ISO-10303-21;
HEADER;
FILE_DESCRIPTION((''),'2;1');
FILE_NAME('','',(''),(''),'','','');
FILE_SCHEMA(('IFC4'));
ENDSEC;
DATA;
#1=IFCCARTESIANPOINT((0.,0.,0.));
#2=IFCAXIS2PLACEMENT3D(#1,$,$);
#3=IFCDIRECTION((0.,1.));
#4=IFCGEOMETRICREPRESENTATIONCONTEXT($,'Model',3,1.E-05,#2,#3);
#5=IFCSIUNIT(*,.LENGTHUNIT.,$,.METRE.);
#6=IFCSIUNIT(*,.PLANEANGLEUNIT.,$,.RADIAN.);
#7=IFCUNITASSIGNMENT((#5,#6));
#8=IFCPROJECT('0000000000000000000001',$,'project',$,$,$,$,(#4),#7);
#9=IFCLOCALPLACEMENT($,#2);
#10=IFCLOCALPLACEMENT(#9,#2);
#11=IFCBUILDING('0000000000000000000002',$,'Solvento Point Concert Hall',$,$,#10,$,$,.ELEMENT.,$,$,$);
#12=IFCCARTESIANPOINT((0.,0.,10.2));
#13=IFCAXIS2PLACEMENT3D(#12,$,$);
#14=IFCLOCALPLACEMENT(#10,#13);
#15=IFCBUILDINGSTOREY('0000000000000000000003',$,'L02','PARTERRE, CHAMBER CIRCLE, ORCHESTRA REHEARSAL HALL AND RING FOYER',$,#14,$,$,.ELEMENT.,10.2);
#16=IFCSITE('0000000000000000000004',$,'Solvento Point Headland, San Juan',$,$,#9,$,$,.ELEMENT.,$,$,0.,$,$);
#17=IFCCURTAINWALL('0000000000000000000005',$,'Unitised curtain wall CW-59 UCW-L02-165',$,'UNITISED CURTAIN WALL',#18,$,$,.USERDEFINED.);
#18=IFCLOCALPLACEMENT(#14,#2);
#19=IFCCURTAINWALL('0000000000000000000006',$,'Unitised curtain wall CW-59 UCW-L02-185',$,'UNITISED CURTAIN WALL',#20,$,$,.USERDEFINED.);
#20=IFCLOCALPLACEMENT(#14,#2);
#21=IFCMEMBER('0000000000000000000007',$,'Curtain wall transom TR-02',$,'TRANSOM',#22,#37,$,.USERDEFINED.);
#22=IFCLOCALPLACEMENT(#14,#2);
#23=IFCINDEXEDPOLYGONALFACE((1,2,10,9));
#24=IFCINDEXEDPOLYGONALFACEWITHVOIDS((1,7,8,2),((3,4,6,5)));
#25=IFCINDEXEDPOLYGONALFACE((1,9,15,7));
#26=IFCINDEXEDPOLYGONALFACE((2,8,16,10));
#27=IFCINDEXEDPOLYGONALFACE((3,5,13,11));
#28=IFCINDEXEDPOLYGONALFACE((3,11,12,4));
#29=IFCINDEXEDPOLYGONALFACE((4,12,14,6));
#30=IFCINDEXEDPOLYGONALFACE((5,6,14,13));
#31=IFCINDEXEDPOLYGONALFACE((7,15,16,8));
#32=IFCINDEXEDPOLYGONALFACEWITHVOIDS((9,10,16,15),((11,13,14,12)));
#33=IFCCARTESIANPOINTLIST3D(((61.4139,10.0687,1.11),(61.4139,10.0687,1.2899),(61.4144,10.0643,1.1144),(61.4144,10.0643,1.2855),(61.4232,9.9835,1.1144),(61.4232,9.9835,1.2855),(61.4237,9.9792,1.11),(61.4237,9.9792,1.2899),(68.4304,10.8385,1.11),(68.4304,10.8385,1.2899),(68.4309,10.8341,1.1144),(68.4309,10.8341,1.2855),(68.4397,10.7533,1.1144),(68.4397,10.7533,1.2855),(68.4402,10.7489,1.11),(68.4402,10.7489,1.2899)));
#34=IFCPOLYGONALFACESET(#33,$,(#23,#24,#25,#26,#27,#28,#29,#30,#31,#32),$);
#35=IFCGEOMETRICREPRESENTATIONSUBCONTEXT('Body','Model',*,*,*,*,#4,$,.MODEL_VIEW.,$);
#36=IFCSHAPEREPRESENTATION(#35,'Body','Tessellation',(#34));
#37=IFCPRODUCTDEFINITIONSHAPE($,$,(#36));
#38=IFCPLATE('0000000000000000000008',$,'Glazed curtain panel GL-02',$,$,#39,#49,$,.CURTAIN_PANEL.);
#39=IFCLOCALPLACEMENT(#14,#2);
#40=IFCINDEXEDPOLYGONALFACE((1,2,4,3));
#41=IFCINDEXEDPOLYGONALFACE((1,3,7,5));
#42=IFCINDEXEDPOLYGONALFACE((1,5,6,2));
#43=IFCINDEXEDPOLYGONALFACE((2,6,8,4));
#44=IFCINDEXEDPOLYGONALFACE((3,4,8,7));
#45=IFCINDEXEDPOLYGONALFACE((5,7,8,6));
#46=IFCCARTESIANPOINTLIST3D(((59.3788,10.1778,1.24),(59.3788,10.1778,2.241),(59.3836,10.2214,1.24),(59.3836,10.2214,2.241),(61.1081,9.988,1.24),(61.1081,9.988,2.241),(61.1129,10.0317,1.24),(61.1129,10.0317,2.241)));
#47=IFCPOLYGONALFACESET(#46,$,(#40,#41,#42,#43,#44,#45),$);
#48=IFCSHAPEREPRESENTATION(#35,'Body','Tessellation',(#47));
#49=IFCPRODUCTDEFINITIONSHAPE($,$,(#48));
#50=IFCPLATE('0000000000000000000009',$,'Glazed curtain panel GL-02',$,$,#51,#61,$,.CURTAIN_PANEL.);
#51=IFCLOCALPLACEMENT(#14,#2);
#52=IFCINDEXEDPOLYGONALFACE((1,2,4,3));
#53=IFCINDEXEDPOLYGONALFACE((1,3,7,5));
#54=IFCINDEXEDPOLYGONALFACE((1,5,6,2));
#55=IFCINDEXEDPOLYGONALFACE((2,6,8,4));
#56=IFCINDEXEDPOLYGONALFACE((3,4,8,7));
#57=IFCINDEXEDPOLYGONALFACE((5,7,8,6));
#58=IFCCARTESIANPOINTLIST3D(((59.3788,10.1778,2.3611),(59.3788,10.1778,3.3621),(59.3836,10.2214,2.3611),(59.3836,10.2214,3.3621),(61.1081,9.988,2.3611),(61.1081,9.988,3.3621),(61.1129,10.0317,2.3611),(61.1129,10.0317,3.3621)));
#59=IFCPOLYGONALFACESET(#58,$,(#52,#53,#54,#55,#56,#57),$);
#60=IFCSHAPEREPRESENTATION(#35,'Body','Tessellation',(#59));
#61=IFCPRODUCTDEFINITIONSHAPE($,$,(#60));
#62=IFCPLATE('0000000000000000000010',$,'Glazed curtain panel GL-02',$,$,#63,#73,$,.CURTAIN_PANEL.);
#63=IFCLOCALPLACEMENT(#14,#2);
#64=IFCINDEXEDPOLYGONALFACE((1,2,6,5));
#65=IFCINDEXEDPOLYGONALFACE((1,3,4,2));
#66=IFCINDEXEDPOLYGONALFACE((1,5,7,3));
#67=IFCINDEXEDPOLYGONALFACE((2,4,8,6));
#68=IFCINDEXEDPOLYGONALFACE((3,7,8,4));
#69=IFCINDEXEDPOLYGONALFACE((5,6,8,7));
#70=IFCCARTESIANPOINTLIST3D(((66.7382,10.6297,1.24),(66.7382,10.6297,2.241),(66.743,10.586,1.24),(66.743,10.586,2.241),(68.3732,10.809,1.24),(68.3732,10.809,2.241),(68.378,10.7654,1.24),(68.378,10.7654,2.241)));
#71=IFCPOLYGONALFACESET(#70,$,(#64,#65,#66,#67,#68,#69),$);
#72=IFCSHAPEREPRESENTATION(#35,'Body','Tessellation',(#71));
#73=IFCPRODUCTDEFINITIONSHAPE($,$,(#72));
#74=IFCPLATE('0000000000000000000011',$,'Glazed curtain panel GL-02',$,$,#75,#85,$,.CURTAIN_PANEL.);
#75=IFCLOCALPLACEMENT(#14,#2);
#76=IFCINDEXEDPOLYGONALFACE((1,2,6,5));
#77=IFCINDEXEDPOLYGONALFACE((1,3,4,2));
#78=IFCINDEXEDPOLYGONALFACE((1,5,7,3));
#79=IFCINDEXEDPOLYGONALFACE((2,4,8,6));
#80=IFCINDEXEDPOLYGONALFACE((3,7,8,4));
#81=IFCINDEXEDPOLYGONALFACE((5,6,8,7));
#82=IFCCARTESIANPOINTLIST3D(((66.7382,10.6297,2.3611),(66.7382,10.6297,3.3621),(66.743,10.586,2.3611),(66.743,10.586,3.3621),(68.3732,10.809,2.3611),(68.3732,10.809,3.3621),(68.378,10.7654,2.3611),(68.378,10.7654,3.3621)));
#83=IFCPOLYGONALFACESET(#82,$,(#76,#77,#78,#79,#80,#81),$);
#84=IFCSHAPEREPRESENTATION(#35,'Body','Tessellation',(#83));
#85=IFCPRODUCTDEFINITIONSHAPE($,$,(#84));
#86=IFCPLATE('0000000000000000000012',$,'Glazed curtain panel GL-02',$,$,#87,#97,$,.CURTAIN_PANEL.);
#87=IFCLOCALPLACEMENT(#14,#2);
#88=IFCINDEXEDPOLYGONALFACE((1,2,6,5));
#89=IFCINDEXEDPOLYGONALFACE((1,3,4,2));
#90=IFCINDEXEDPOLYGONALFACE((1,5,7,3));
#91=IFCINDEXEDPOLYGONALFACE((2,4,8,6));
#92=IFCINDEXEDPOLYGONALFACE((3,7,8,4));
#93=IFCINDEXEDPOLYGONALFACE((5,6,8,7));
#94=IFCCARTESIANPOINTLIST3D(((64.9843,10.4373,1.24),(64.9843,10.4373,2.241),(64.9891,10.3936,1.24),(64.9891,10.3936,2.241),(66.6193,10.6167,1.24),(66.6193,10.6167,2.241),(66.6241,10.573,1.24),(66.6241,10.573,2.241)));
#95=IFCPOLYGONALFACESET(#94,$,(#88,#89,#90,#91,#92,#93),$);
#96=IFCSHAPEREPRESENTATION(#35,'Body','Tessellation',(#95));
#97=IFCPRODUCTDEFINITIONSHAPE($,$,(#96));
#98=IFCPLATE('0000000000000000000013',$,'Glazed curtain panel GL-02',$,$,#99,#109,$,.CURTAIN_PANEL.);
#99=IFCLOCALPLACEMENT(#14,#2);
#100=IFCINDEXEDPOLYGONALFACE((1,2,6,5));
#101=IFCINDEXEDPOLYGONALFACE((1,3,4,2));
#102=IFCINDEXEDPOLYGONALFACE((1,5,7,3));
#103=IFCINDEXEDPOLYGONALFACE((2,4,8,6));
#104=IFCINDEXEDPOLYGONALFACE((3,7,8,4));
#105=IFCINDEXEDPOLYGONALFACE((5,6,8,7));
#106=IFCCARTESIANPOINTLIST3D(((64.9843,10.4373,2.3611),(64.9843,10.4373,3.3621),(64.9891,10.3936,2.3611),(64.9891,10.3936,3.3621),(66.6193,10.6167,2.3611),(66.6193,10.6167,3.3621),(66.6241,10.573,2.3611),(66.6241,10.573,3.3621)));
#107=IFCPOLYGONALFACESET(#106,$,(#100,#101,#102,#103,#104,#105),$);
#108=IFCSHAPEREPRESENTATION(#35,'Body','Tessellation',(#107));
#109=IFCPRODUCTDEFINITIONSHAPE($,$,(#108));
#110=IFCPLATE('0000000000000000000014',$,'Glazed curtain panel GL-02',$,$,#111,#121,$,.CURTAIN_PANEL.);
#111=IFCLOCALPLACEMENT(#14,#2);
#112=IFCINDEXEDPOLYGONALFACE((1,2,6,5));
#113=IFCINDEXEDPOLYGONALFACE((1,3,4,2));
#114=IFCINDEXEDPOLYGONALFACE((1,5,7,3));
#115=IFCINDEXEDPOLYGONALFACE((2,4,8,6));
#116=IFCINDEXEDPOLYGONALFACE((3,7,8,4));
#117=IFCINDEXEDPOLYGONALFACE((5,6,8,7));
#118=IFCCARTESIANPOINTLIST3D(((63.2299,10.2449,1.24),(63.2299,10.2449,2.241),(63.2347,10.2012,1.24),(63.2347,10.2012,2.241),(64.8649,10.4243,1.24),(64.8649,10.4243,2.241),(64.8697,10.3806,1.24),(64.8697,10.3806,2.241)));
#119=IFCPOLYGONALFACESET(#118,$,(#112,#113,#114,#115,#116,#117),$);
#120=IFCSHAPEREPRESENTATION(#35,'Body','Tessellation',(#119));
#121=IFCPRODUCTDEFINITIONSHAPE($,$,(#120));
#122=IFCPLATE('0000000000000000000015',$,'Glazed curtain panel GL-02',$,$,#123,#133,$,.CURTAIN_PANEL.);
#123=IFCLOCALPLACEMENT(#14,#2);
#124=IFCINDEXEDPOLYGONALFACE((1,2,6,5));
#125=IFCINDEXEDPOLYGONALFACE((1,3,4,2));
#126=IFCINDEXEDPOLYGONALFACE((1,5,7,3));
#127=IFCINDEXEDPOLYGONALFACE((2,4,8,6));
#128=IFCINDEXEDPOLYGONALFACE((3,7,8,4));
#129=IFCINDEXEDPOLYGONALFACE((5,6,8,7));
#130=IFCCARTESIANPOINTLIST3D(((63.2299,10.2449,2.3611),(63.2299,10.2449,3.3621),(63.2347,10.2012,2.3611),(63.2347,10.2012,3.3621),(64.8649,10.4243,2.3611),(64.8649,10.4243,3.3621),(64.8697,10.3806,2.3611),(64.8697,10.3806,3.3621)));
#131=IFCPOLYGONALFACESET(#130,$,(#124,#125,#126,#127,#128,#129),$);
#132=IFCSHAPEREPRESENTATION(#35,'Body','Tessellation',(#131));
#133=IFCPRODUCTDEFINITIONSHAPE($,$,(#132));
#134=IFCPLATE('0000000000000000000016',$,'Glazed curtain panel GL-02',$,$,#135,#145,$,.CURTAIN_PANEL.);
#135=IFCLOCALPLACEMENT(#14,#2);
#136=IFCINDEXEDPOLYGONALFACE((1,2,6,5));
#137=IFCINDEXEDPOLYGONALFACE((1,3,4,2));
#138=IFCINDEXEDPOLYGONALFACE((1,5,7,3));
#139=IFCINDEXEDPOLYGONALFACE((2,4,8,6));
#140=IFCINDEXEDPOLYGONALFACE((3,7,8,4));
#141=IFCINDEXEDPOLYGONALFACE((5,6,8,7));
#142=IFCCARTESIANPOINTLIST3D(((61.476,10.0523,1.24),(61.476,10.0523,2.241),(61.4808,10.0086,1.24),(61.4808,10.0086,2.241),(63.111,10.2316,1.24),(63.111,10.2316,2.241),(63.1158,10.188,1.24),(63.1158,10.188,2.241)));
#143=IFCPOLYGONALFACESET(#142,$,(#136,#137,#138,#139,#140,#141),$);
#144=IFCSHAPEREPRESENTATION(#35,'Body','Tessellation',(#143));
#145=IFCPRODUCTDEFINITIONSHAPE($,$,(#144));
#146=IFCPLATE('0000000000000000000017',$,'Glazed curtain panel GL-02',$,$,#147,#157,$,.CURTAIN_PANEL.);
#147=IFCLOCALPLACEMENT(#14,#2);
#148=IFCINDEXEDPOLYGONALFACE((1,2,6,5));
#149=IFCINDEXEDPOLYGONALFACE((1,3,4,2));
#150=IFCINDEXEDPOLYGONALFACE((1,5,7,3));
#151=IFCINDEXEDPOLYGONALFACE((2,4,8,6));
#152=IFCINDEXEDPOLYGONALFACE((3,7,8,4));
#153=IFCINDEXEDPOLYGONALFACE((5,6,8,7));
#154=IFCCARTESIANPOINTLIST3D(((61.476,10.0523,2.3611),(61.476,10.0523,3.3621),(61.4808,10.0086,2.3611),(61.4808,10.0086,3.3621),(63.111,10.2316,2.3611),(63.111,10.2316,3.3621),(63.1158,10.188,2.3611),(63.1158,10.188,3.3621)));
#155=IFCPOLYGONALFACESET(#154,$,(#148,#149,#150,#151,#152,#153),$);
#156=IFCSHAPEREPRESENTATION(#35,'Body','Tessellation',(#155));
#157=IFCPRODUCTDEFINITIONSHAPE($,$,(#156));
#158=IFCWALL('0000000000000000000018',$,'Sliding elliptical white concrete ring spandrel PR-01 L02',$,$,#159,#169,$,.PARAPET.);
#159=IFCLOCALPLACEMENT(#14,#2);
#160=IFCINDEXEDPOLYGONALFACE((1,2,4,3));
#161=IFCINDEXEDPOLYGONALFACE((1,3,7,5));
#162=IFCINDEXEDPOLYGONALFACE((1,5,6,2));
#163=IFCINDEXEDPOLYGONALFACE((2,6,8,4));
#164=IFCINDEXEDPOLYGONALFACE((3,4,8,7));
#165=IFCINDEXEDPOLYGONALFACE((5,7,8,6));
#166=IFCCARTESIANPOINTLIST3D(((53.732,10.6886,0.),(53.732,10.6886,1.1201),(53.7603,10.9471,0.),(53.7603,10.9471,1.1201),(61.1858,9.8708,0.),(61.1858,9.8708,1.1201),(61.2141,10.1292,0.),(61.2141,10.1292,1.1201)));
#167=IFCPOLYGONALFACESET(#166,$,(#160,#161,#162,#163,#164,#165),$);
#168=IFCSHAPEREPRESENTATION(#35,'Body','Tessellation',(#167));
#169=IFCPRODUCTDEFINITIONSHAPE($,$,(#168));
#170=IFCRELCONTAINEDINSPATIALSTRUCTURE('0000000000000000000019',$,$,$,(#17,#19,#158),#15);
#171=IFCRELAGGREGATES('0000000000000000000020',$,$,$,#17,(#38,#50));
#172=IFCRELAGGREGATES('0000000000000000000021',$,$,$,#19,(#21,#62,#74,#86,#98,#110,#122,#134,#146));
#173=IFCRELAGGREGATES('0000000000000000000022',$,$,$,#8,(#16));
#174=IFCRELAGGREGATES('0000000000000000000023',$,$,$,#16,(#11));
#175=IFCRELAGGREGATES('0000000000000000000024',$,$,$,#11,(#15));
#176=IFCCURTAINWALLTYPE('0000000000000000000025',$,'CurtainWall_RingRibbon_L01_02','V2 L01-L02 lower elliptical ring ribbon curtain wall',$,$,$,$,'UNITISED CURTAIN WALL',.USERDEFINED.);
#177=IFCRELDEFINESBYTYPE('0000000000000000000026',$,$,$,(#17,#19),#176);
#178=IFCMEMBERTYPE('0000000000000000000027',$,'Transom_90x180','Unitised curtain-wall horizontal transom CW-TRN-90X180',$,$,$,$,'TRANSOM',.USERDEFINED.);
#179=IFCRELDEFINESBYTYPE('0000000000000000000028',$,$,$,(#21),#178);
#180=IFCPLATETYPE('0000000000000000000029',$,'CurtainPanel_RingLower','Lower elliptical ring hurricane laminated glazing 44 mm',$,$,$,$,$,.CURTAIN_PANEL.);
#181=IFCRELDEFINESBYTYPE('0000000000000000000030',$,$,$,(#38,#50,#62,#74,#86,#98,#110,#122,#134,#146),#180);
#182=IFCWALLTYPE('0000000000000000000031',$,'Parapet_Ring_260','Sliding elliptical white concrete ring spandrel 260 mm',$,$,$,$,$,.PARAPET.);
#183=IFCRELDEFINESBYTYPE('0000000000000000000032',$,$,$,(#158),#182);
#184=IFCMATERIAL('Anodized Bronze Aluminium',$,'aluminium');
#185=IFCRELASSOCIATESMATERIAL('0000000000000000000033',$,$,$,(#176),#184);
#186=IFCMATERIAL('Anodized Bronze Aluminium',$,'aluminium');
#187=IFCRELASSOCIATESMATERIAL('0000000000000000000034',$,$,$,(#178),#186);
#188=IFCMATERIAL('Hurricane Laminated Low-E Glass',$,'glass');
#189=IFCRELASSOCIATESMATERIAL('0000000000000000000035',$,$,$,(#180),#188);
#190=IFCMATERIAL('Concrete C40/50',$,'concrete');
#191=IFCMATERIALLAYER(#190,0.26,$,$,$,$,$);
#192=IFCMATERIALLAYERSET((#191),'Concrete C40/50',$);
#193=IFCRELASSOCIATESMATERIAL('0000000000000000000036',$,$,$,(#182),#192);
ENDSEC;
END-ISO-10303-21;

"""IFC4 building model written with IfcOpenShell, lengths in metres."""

from ifc_helpers import new_model, si_unit, direction, frame, frame_2d, origin, origin_2d, place, context, subcontext, project, spatial, rectangle, hollow_rectangle, extrude, material, layer, layer_set, material_profile, profile_set, type_object, element, aggregate, save


model = new_model("IFC4")

# Units and contexts
model_context = context("Model", 3, precision=1e-05, world=origin(), true_north=direction((0.0, 1.0)))
body_context = subcontext(model_context, "Body", "Model", "MODEL_VIEW")
ifc_project = project(units=[si_unit("LENGTHUNIT", "METRE"), si_unit("PLANEANGLEUNIT", "RADIAN")], contexts=[model_context])

# Site, building, storey
site_placement = place(None, origin())
site = spatial("IfcSite", under=ifc_project, at=site_placement, Name="Solvento Point Headland, San Juan", CompositionType="ELEMENT", RefElevation=0.0)
building_placement = place(site_placement, origin())
building = spatial("IfcBuilding", under=site, at=building_placement, Name="Solvento Point Concert Hall", CompositionType="ELEMENT")
storey_placement = place(building_placement, frame((0.0, 0.0, 10.2)))
storey = spatial("IfcBuildingStorey", under=building, at=storey_placement, Name="L02", Description="PARTERRE, CHAMBER CIRCLE, ORCHESTRA REHEARSAL HALL AND RING FOYER", CompositionType="ELEMENT", Elevation=10.2)

# Curtain wall
ifc_material_1 = material(Name="Anodized Bronze Aluminium", Category="aluminium")
curtain_wall_type = type_object("IfcCurtainWallType", Name="CurtainWall_RingRibbon_L01_02", Description="V2 L01-L02 lower elliptical ring ribbon curtain wall", ElementType="UNITISED CURTAIN WALL", PredefinedType="USERDEFINED", material=ifc_material_1)
curtain_wall_1_placement = place(storey_placement, origin())
curtain_wall_1 = element("IfcCurtainWall", 1, at=curtain_wall_1_placement, inside=storey, type_object=curtain_wall_type, Name="Unitised curtain wall CW-59 UCW-L02-165", ObjectType="UNITISED CURTAIN WALL", PredefinedType="USERDEFINED")

# Curtain wall
curtain_wall_2_placement = place(storey_placement, origin())
curtain_wall_2 = element("IfcCurtainWall", 2, at=curtain_wall_2_placement, inside=storey, type_object=curtain_wall_type, Name="Unitised curtain wall CW-59 UCW-L02-185", ObjectType="UNITISED CURTAIN WALL", PredefinedType="USERDEFINED")

# Member
ifc_material_2 = material(Name="Anodized Bronze Aluminium", Category="aluminium")
ifc_material_profile_1 = material_profile(ifc_material_2, hollow_rectangle(XDim=0.0901, YDim=0.1799, WallThickness=0.0044, at=origin_2d()), Name="CW-TRN-90X180")
ifc_profile_set_1 = profile_set([ifc_material_profile_1], Name="Anodized Bronze Aluminium")
member_type_1 = type_object("IfcMemberType", Name="Transom_90x180", Description="Unitised curtain-wall horizontal transom CW-TRN-90X180", ElementType="TRANSOM", PredefinedType="USERDEFINED", material=ifc_profile_set_1)
member_1_placement = place(storey_placement, frame((68.4353, 10.7937, 1.2), z_axis=(-0.994036, -0.109053, 0.0), x_axis=(0.109053, -0.994036, 0.0)))
member_1 = element("IfcMember", 3, at=member_1_placement, type_object=member_type_1, Name="Curtain wall transom TR-02", ObjectType="TRANSOM", PredefinedType="USERDEFINED", context=body_context, shape_type="SweptSolid", body=[
    extrude(hollow_rectangle(XDim=0.0901, YDim=0.1799, WallThickness=0.0044, at=origin_2d()), origin(), (0.0, 0.0, 1.0), 7.0586),
])

# Plates
ifc_material_3 = material(Name="Hurricane Laminated Low-E Glass", Category="glass")
plate_type = type_object("IfcPlateType", Name="CurtainPanel_RingLower", Description="Lower elliptical ring hurricane laminated glazing 44 mm", PredefinedType="CURTAIN_PANEL", material=ifc_material_3)
plate_1_placement = place(storey_placement, frame((60.2458, 10.1047, 1.24), z_axis=(0.0, 0.0, 1.0), x_axis=(-0.994035, 0.109058, 0.0)))
plate_1 = element("IfcPlate", 4, at=plate_1_placement, type_object=plate_type, Name="Glazed curtain panel GL-02", PredefinedType="CURTAIN_PANEL", context=body_context, shape_type="SweptSolid", body=[
    extrude(rectangle(XDim=1.7397, YDim=0.0439, at=origin_2d()), origin(), (0.0, 0.0, 1.0), 1.001),
])
plate_2_placement = place(storey_placement, frame((60.2458, 10.1047, 2.3611), z_axis=(0.0, 0.0, 1.0), x_axis=(-0.994035, 0.109058, 0.0)))
plate_2 = element("IfcPlate", 5, at=plate_2_placement, type_object=plate_type, Name="Glazed curtain panel GL-02", PredefinedType="CURTAIN_PANEL", context=body_context, shape_type="SweptSolid", body=[
    extrude(rectangle(XDim=1.7397, YDim=0.0439, at=origin_2d()), origin(), (0.0, 0.0, 1.0), 1.001),
])
aggregate(curtain_wall_1, [plate_1, plate_2])
plate_3_placement = place(storey_placement, frame((67.5581, 10.6975, 1.24), z_axis=(0.0, 0.0, 1.0), x_axis=(-0.994035, -0.109058, 0.0)))
plate_3 = element("IfcPlate", 6, at=plate_3_placement, type_object=plate_type, Name="Glazed curtain panel GL-02", PredefinedType="CURTAIN_PANEL", context=body_context, shape_type="SweptSolid", body=[
    extrude(rectangle(XDim=1.6448, YDim=0.0439, at=origin_2d()), origin(), (0.0, 0.0, 1.0), 1.001),
])
plate_4_placement = place(storey_placement, frame((67.5581, 10.6975, 2.3611), z_axis=(0.0, 0.0, 1.0), x_axis=(-0.994035, -0.109058, 0.0)))
plate_4 = element("IfcPlate", 7, at=plate_4_placement, type_object=plate_type, Name="Glazed curtain panel GL-02", PredefinedType="CURTAIN_PANEL", context=body_context, shape_type="SweptSolid", body=[
    extrude(rectangle(XDim=1.6448, YDim=0.0439, at=origin_2d()), origin(), (0.0, 0.0, 1.0), 1.001),
])
plate_5_placement = place(storey_placement, frame((65.8042, 10.5051, 1.24), z_axis=(0.0, 0.0, 1.0), x_axis=(-0.994035, -0.109058, 0.0)))
plate_5 = element("IfcPlate", 8, at=plate_5_placement, type_object=plate_type, Name="Glazed curtain panel GL-02", PredefinedType="CURTAIN_PANEL", context=body_context, shape_type="SweptSolid", body=[
    extrude(rectangle(XDim=1.6448, YDim=0.0439, at=origin_2d()), origin(), (0.0, 0.0, 1.0), 1.001),
])
plate_6_placement = place(storey_placement, frame((65.8042, 10.5051, 2.3611), z_axis=(0.0, 0.0, 1.0), x_axis=(-0.994035, -0.109058, 0.0)))
plate_6 = element("IfcPlate", 9, at=plate_6_placement, type_object=plate_type, Name="Glazed curtain panel GL-02", PredefinedType="CURTAIN_PANEL", context=body_context, shape_type="SweptSolid", body=[
    extrude(rectangle(XDim=1.6448, YDim=0.0439, at=origin_2d()), origin(), (0.0, 0.0, 1.0), 1.001),
])
plate_7_placement = place(storey_placement, frame((64.0498, 10.3127, 1.24), z_axis=(0.0, 0.0, 1.0), x_axis=(-0.994035, -0.109058, 0.0)))
plate_7 = element("IfcPlate", 10, at=plate_7_placement, type_object=plate_type, Name="Glazed curtain panel GL-02", PredefinedType="CURTAIN_PANEL", context=body_context, shape_type="SweptSolid", body=[
    extrude(rectangle(XDim=1.6448, YDim=0.0439, at=origin_2d()), origin(), (0.0, 0.0, 1.0), 1.001),
])
plate_8_placement = place(storey_placement, frame((64.0498, 10.3127, 2.3611), z_axis=(0.0, 0.0, 1.0), x_axis=(-0.994035, -0.109058, 0.0)))
plate_8 = element("IfcPlate", 11, at=plate_8_placement, type_object=plate_type, Name="Glazed curtain panel GL-02", PredefinedType="CURTAIN_PANEL", context=body_context, shape_type="SweptSolid", body=[
    extrude(rectangle(XDim=1.6448, YDim=0.0439, at=origin_2d()), origin(), (0.0, 0.0, 1.0), 1.001),
])
plate_9_placement = place(storey_placement, frame((62.2959, 10.1201, 1.24), z_axis=(0.0, 0.0, 1.0), x_axis=(-0.994035, -0.109058, 0.0)))
plate_9 = element("IfcPlate", 12, at=plate_9_placement, type_object=plate_type, Name="Glazed curtain panel GL-02", PredefinedType="CURTAIN_PANEL", context=body_context, shape_type="SweptSolid", body=[
    extrude(rectangle(XDim=1.6448, YDim=0.0439, at=origin_2d()), origin(), (0.0, 0.0, 1.0), 1.001),
])
plate_10_placement = place(storey_placement, frame((62.2959, 10.1201, 2.3611), z_axis=(0.0, 0.0, 1.0), x_axis=(-0.994035, -0.109058, 0.0)))
plate_10 = element("IfcPlate", 13, at=plate_10_placement, type_object=plate_type, Name="Glazed curtain panel GL-02", PredefinedType="CURTAIN_PANEL", context=body_context, shape_type="SweptSolid", body=[
    extrude(rectangle(XDim=1.6448, YDim=0.0439, at=origin_2d()), origin(), (0.0, 0.0, 1.0), 1.001),
])
aggregate(curtain_wall_2, [member_1, plate_3, plate_4, plate_5, plate_6, plate_7, plate_8, plate_9, plate_10])

# Wall
ifc_material_4 = material(Name="Concrete C40/50", Category="concrete")
ifc_layer = layer(ifc_material_4, 0.26)
ifc_layer_set = layer_set([ifc_layer], Name="Concrete C40/50")
wall_type = type_object("IfcWallType", Name="Parapet_Ring_260", Description="Sliding elliptical white concrete ring spandrel 260 mm", PredefinedType="PARAPET", material=ifc_layer_set)
wall_placement = place(storey_placement, frame((61.2, 10.0, 0.0), z_axis=(0.0, 0.0, 1.0), x_axis=(-0.994034, 0.10907, 0.0)))
element("IfcWall", 14, at=wall_placement, inside=storey, type_object=wall_type, Name="Sliding elliptical white concrete ring spandrel PR-01 L02", PredefinedType="PARAPET", context=body_context, shape_type="SweptSolid", body=[
    extrude(rectangle(XDim=7.4985, YDim=0.26, at=frame_2d((3.7493, 0.0))), origin(), (0.0, 0.0, 1.0), 1.1201),
])

save(model, "model.ifc")
